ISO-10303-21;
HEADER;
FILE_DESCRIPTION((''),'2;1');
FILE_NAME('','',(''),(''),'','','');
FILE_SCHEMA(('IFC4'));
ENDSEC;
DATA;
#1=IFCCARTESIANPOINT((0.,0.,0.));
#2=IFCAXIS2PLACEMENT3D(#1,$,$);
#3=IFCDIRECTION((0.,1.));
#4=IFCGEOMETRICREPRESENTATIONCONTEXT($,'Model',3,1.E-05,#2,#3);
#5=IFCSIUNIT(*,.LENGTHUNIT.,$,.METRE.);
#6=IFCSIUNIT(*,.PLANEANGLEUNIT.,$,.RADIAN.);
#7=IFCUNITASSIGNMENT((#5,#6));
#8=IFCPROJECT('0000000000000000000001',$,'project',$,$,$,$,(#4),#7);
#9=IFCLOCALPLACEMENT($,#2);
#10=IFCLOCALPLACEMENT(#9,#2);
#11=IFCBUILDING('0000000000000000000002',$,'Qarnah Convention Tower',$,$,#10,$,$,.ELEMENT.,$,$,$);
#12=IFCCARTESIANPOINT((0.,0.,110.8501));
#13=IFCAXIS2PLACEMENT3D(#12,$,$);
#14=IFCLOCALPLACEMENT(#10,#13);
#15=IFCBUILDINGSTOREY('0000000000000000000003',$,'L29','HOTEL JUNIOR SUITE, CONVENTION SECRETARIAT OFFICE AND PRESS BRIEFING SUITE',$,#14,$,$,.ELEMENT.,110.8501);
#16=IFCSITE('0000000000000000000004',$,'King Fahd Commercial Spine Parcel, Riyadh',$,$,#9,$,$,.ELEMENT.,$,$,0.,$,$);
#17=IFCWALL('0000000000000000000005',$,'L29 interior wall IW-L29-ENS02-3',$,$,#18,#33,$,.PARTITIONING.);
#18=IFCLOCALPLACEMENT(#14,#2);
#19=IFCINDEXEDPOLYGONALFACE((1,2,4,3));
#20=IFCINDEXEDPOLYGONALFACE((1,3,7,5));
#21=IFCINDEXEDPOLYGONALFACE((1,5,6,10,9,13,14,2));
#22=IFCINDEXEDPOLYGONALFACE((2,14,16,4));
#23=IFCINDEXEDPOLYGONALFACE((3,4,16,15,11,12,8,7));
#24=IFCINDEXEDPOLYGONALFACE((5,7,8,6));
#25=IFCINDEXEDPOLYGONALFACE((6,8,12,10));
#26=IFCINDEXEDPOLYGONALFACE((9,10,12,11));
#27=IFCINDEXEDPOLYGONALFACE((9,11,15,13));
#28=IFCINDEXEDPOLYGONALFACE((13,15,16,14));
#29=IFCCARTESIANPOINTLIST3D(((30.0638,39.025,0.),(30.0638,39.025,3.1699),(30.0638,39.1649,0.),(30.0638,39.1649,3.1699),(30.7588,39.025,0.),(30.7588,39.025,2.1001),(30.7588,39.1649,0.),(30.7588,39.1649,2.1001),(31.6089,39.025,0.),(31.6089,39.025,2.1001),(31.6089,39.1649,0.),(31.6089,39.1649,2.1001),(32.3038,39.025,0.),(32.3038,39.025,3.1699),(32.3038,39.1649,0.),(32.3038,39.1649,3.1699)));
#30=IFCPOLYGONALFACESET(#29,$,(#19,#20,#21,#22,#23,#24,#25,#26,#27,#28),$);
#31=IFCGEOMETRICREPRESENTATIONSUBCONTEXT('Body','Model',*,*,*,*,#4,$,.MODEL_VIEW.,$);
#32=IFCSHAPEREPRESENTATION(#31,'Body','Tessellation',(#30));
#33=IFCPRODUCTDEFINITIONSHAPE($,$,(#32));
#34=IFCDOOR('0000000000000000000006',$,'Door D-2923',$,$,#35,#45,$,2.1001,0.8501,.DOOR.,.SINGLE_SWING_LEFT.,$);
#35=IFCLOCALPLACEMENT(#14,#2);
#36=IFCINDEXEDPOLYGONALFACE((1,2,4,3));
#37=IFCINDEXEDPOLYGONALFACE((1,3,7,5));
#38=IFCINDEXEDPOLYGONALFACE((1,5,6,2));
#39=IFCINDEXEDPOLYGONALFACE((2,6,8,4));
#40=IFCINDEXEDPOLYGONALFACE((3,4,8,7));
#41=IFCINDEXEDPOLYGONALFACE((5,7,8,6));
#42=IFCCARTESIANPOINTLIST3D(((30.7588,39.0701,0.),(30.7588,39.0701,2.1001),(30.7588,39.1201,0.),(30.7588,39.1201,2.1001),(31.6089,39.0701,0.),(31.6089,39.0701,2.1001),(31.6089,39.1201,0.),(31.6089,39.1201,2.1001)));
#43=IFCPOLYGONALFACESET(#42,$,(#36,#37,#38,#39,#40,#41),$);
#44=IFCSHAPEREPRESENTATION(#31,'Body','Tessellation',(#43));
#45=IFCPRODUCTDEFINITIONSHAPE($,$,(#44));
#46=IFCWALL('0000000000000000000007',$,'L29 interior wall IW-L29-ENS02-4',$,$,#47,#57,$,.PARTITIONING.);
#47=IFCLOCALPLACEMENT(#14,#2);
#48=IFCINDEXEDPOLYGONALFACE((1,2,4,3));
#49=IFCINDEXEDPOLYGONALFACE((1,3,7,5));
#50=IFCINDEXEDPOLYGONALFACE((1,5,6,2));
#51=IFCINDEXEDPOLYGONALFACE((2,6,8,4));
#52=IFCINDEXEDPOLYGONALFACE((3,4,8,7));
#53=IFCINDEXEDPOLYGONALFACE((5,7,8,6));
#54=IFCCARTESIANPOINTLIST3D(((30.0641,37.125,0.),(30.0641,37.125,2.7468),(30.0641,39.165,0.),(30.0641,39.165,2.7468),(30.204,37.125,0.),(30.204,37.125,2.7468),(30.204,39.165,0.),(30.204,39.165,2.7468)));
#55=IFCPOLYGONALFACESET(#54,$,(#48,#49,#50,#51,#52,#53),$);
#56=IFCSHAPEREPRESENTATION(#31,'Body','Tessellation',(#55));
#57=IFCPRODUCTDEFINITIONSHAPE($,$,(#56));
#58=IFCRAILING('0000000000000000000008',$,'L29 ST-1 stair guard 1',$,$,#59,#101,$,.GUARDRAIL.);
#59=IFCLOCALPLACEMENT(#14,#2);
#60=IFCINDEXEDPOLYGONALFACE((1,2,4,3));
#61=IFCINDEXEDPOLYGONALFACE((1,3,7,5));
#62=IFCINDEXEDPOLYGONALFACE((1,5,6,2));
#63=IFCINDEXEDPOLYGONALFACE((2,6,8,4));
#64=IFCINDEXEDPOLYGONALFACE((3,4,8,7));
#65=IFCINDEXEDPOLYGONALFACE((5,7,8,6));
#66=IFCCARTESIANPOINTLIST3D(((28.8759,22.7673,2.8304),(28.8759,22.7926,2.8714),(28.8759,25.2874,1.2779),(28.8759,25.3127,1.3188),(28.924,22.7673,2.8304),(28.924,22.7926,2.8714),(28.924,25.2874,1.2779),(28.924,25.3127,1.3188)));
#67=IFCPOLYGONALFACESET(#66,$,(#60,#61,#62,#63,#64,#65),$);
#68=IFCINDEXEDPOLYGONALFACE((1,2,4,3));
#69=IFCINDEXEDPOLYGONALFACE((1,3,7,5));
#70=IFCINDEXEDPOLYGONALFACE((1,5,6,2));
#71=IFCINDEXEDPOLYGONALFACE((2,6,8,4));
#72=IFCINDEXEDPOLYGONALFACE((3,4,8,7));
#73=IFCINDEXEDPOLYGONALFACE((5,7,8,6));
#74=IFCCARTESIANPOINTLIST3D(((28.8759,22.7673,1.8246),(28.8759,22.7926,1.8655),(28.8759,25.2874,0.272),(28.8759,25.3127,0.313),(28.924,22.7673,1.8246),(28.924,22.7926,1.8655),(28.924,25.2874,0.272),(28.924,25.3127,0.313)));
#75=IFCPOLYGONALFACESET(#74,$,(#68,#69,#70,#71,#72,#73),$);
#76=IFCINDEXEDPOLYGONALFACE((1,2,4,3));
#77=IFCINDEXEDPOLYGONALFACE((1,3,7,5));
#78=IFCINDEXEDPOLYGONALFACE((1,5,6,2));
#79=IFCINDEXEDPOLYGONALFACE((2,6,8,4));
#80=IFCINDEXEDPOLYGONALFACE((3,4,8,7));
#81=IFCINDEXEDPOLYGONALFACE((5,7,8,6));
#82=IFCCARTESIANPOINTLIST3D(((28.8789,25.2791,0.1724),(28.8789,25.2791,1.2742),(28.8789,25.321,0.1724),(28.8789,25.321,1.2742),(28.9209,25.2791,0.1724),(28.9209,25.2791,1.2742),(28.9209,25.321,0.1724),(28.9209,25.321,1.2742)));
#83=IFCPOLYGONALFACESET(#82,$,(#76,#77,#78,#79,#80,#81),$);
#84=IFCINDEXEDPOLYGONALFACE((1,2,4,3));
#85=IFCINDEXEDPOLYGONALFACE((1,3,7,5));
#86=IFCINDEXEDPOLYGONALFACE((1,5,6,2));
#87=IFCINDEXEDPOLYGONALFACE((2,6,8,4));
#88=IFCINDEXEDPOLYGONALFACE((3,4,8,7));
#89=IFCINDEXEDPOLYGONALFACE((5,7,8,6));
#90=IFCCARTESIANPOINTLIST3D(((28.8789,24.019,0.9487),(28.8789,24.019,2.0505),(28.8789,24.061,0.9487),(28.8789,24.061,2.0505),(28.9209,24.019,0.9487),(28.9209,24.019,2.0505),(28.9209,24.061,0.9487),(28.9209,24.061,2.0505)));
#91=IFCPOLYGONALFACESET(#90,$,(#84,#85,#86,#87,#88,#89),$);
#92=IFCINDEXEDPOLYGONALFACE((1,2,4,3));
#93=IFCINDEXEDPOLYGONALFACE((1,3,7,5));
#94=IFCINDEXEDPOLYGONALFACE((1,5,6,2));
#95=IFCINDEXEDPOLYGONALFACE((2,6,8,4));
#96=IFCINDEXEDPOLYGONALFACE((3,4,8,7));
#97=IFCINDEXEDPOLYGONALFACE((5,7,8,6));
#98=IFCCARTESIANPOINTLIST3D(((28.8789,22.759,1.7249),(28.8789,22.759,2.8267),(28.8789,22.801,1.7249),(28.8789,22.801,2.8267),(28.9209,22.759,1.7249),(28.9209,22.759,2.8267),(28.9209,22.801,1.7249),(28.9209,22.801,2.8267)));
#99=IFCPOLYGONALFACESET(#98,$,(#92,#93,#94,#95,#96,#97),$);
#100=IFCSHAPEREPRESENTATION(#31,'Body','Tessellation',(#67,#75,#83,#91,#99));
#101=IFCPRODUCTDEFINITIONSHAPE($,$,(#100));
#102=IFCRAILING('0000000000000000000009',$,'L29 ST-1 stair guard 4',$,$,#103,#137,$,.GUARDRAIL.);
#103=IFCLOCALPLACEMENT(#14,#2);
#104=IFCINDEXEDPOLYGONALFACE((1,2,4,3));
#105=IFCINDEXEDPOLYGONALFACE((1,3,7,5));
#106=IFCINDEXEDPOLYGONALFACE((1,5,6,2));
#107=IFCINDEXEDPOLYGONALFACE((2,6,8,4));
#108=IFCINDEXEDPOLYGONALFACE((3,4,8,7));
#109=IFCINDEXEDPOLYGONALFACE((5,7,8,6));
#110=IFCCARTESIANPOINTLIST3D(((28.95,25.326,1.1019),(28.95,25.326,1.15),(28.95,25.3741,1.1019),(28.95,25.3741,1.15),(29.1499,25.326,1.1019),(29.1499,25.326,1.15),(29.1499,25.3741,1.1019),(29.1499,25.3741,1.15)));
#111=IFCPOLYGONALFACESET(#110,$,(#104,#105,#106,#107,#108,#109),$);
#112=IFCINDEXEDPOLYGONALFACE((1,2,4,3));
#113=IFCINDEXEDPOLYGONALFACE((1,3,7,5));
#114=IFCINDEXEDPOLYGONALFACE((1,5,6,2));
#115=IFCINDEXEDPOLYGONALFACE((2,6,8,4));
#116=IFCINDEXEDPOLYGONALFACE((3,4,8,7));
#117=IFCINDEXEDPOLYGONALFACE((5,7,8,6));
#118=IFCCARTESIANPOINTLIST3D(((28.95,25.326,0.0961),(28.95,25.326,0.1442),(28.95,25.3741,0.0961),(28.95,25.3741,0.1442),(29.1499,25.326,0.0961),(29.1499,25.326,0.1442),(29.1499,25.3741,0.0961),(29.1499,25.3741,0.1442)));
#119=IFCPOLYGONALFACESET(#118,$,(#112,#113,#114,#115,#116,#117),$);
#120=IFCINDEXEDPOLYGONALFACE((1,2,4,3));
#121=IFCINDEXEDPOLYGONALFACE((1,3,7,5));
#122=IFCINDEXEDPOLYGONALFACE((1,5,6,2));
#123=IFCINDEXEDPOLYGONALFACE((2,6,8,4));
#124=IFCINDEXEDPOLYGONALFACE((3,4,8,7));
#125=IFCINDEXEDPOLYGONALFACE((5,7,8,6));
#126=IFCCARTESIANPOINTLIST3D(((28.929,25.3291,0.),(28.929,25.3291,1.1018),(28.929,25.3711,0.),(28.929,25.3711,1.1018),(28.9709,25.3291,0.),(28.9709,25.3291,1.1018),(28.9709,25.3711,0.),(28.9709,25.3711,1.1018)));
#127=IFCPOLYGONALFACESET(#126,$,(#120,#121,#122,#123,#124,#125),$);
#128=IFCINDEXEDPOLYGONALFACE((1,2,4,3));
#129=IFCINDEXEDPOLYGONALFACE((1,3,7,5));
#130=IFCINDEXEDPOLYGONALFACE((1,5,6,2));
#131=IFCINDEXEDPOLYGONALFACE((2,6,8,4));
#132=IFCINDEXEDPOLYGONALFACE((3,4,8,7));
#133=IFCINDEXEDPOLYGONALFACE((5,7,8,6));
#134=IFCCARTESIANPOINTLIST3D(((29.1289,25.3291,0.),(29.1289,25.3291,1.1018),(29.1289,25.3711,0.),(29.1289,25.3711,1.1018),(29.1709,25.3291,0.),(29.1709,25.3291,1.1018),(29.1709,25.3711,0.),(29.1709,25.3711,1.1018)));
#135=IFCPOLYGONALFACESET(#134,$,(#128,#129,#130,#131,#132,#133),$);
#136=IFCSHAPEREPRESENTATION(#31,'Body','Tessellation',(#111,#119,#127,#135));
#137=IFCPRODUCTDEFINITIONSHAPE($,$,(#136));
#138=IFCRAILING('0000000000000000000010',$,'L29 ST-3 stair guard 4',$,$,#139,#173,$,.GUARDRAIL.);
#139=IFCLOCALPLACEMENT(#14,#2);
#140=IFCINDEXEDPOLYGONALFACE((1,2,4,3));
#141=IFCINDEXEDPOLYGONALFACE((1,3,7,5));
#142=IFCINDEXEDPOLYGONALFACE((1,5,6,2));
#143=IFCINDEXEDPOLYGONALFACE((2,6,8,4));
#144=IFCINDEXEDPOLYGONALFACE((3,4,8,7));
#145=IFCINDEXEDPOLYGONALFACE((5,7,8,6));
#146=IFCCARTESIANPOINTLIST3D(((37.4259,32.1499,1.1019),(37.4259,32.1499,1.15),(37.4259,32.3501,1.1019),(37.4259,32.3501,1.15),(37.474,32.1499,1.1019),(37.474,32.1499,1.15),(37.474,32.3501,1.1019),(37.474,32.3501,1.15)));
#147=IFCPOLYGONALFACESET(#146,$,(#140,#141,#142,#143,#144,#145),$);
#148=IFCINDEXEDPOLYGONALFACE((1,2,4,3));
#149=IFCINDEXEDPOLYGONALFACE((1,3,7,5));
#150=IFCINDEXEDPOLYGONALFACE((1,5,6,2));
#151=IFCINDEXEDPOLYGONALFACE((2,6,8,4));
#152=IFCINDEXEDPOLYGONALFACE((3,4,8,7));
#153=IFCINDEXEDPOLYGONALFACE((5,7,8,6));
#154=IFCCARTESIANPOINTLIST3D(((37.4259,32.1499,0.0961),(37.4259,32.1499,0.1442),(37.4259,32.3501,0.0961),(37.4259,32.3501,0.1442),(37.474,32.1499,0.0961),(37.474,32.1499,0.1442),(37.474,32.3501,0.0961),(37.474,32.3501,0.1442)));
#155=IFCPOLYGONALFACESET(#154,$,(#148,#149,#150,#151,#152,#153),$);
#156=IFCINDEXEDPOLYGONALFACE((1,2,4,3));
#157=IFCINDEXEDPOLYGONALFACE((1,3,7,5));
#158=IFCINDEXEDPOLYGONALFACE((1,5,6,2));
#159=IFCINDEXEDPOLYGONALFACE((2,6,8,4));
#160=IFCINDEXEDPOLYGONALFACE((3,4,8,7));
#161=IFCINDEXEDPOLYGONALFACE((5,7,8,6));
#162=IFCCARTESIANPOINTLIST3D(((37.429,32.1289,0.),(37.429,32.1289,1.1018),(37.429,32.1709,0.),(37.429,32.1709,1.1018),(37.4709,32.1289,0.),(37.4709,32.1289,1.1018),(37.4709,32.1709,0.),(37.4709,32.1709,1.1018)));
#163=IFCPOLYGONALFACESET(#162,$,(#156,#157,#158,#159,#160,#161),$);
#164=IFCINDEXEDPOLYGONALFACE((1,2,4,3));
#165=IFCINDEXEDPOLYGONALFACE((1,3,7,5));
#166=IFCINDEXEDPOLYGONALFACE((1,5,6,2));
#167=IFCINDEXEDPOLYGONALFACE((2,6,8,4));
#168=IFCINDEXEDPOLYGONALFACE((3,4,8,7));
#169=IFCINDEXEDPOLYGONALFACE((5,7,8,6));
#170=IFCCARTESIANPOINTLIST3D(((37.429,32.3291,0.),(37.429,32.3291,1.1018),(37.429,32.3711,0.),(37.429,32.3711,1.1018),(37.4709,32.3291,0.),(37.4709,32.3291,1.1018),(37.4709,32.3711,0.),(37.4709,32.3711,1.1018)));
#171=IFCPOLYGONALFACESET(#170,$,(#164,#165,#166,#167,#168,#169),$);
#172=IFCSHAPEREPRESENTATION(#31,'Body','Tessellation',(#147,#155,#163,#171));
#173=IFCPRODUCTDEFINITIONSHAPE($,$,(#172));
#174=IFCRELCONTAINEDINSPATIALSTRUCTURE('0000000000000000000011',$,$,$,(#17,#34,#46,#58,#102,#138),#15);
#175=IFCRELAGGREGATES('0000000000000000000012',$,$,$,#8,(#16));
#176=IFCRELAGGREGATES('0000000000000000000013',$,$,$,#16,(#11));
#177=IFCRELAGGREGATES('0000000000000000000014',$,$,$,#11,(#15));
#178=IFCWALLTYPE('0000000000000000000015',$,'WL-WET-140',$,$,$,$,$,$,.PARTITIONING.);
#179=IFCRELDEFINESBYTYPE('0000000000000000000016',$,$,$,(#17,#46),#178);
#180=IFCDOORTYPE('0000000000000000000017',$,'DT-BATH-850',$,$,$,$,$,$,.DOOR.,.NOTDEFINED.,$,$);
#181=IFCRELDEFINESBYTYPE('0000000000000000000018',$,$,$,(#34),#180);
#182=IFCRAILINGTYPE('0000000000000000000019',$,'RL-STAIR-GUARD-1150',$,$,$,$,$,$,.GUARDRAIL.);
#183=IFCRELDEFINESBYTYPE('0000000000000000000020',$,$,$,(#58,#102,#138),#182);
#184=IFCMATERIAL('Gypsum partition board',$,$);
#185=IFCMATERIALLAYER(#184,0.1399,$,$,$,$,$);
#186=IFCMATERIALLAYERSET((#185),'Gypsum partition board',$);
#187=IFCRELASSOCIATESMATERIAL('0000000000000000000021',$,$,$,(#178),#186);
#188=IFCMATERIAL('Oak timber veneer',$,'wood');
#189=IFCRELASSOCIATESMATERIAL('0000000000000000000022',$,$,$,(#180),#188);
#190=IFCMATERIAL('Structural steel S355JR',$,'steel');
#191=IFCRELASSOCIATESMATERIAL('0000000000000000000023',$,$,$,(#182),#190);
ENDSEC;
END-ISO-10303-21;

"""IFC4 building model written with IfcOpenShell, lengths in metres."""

from ifc_helpers import new_model, si_unit, direction, frame, frame_2d, origin, origin_2d, place, context, subcontext, project, spatial, rectangle, extrude, material, layer, layer_set, type_object, element, fill, save


model = new_model("IFC4")

# Units and contexts
model_context = context("Model", 3, precision=1e-05, world=origin(), true_north=direction((0.0, 1.0)))
body_context = subcontext(model_context, "Body", "Model", "MODEL_VIEW")
ifc_project = project(units=[si_unit("LENGTHUNIT", "METRE"), si_unit("PLANEANGLEUNIT", "RADIAN")], contexts=[model_context])

# Site, building, storey
site_placement = place(None, origin())
site = spatial("IfcSite", under=ifc_project, at=site_placement, Name="King Fahd Commercial Spine Parcel, Riyadh", CompositionType="ELEMENT", RefElevation=0.0)
building_placement = place(site_placement, origin())
building = spatial("IfcBuilding", under=site, at=building_placement, Name="Qarnah Convention Tower", CompositionType="ELEMENT")
storey_placement = place(building_placement, frame((0.0, 0.0, 110.8501)))
storey = spatial("IfcBuildingStorey", under=building, at=storey_placement, Name="L29", Description="HOTEL JUNIOR SUITE, CONVENTION SECRETARIAT OFFICE AND PRESS BRIEFING SUITE", CompositionType="ELEMENT", Elevation=110.8501)

# Shared definitions
ifc_material_1 = material(Name="Structural steel S355JR", Category="steel")

# Shared definitions
ifc_material_2 = material(Name="Gypsum partition board")

# Shared definitions
ifc_material_3 = material(Name="Oak timber veneer", Category="wood")

# Shared definitions
ifc_layer_1 = layer(ifc_material_2, 0.1399)
ifc_layer_set_1 = layer_set([ifc_layer_1], Name="Gypsum partition board")
wall_type_1 = type_object("IfcWallType", Name="WL-WET-140", PredefinedType="PARTITIONING", material=ifc_layer_set_1)

# Wall, opening, door
wall_1_placement = place(storey_placement, frame((32.304, 39.095, 0.0), z_axis=(0.0, 0.0, 1.0), x_axis=(-1.0, 0.0, 0.0)))
wall_1 = element("IfcWall", 1, at=wall_1_placement, inside=storey, type_object=wall_type_1, Name="L29 interior wall IW-L29-ENS02-3", PredefinedType="PARTITIONING", context=body_context, shape_type="SweptSolid", body=[
    extrude(rectangle(XDim=2.24, YDim=0.1399, at=frame_2d((1.1201, 0.0))), origin(), (0.0, 0.0, 1.0), 3.1699),
])
opening_1_placement = place(wall_1_placement, frame((0.6951, 0.0, 0.0)))
opening_1 = element("IfcOpeningElement", 2, at=opening_1_placement, cuts=wall_1, PredefinedType="OPENING", context=body_context, shape_type="SweptSolid", body=[
    extrude(rectangle(XDim=0.8501, YDim=2.1001, at=frame_2d((0.425, 1.05))), frame((0.0, 0.0798, 0.0), z_axis=(0.0, -1.0, 0.0), x_axis=(1.0, 0.0, 0.0)), (0.0, 0.0, 1.0), 0.1599),
])
door_type_1 = type_object("IfcDoorType", Name="DT-BATH-850", OperationType="NOTDEFINED", PredefinedType="DOOR", material=ifc_material_3)
door_1_placement = place(opening_1_placement, origin())
door_1 = element("IfcDoor", 3, at=door_1_placement, inside=storey, type_object=door_type_1, Name="Door D-2923", OperationType="SINGLE_SWING_LEFT", OverallHeight=2.1001, OverallWidth=0.8501, PredefinedType="DOOR", context=body_context, shape_type="SweptSolid", body=[
    extrude(rectangle(XDim=0.8501, YDim=2.1001, at=frame_2d((0.425, 1.05))), frame((0.0, 0.0249, 0.0), z_axis=(0.0, -1.0, 0.0), x_axis=(1.0, 0.0, 0.0)), (0.0, 0.0, 1.0), 0.05),
])
fill(opening_1, door_1)

# Wall
wall_2_placement = place(storey_placement, frame((30.134, 39.165, 0.0), z_axis=(0.0, 0.0, 1.0), x_axis=(0.0, -1.0, 0.0)))
element("IfcWall", 4, at=wall_2_placement, inside=storey, type_object=wall_type_1, Name="L29 interior wall IW-L29-ENS02-4", PredefinedType="PARTITIONING", context=body_context, shape_type="SweptSolid", body=[
    extrude(rectangle(XDim=2.04, YDim=0.1399, at=frame_2d((1.02, 0.0))), origin(), (0.0, 0.0, 1.0), 2.7468),
])

# Railings
railing_type = type_object("IfcRailingType", Name="RL-STAIR-GUARD-1150", PredefinedType="GUARDRAIL", material=ifc_material_1)
railing_1_placement = place(storey_placement, frame((28.8999, 25.3, 0.1724)))
element("IfcRailing", 5, at=railing_1_placement, inside=storey, type_object=railing_type, Name="L29 ST-1 stair guard 1", PredefinedType="GUARDRAIL", context=body_context, shape_type="SweptSolid", body=[
    extrude(rectangle(XDim=0.0481, YDim=0.0481, at=origin_2d()), frame((0.0, 0.0, 1.126), z_axis=(0.0, -0.8514, 0.524516), x_axis=(1.0, 0.0, 0.0)), (0.0, 0.0, 1.0), 2.96),
    extrude(rectangle(XDim=0.0481, YDim=0.0481, at=origin_2d()), frame((0.0, 0.0, 0.1201), z_axis=(0.0, -0.8514, 0.524516), x_axis=(1.0, 0.0, 0.0)), (0.0, 0.0, 1.0), 2.96),
    extrude(rectangle(XDim=0.042, YDim=0.042, at=origin_2d()), origin(), (0.0, 0.0, 1.0), 1.1018),
    extrude(rectangle(XDim=0.042, YDim=0.042, at=origin_2d()), frame((0.0, -1.26, 0.7764)), (0.0, 0.0, 1.0), 1.1018),
    extrude(rectangle(XDim=0.042, YDim=0.042, at=origin_2d()), frame((0.0, -2.52, 1.5525)), (0.0, 0.0, 1.0), 1.1018),
])
railing_2_placement = place(storey_placement, frame((28.95, 25.3501, 0.0)))
element("IfcRailing", 6, at=railing_2_placement, inside=storey, type_object=railing_type, Name="L29 ST-1 stair guard 4", PredefinedType="GUARDRAIL", context=body_context, shape_type="SweptSolid", body=[
    extrude(rectangle(XDim=0.0481, YDim=0.0481, at=origin_2d()), frame((0.0, 0.0, 1.126), z_axis=(1.0, 0.0, 0.0), x_axis=(0.0, 1.0, 0.0)), (0.0, 0.0, 1.0), 0.2),
    extrude(rectangle(XDim=0.0481, YDim=0.0481, at=origin_2d()), frame((0.0, 0.0, 0.1201), z_axis=(1.0, 0.0, 0.0), x_axis=(0.0, 1.0, 0.0)), (0.0, 0.0, 1.0), 0.2),
    extrude(rectangle(XDim=0.042, YDim=0.042, at=origin_2d()), origin(), (0.0, 0.0, 1.0), 1.1018),
    extrude(rectangle(XDim=0.042, YDim=0.042, at=origin_2d()), frame((0.2, 0.0, 0.0)), (0.0, 0.0, 1.0), 1.1018),
])
railing_3_placement = place(storey_placement, frame((37.45, 32.1499, 0.0)))
element("IfcRailing", 7, at=railing_3_placement, inside=storey, type_object=railing_type, Name="L29 ST-3 stair guard 4", PredefinedType="GUARDRAIL", context=body_context, shape_type="SweptSolid", body=[
    extrude(rectangle(XDim=0.0481, YDim=0.0481, at=origin_2d()), frame((0.0, 0.0, 1.126), z_axis=(0.0, 1.0, 0.0), x_axis=(-1.0, 0.0, 0.0)), (0.0, 0.0, 1.0), 0.2002),
    extrude(rectangle(XDim=0.0481, YDim=0.0481, at=origin_2d()), frame((0.0, 0.0, 0.1201), z_axis=(0.0, 1.0, 0.0), x_axis=(-1.0, 0.0, 0.0)), (0.0, 0.0, 1.0), 0.2002),
    extrude(rectangle(XDim=0.042, YDim=0.042, at=origin_2d()), origin(), (0.0, 0.0, 1.0), 1.1018),
    extrude(rectangle(XDim=0.042, YDim=0.042, at=origin_2d()), frame((0.0, 0.2002, 0.0)), (0.0, 0.0, 1.0), 1.1018),
])

save(model, "model.ifc")
